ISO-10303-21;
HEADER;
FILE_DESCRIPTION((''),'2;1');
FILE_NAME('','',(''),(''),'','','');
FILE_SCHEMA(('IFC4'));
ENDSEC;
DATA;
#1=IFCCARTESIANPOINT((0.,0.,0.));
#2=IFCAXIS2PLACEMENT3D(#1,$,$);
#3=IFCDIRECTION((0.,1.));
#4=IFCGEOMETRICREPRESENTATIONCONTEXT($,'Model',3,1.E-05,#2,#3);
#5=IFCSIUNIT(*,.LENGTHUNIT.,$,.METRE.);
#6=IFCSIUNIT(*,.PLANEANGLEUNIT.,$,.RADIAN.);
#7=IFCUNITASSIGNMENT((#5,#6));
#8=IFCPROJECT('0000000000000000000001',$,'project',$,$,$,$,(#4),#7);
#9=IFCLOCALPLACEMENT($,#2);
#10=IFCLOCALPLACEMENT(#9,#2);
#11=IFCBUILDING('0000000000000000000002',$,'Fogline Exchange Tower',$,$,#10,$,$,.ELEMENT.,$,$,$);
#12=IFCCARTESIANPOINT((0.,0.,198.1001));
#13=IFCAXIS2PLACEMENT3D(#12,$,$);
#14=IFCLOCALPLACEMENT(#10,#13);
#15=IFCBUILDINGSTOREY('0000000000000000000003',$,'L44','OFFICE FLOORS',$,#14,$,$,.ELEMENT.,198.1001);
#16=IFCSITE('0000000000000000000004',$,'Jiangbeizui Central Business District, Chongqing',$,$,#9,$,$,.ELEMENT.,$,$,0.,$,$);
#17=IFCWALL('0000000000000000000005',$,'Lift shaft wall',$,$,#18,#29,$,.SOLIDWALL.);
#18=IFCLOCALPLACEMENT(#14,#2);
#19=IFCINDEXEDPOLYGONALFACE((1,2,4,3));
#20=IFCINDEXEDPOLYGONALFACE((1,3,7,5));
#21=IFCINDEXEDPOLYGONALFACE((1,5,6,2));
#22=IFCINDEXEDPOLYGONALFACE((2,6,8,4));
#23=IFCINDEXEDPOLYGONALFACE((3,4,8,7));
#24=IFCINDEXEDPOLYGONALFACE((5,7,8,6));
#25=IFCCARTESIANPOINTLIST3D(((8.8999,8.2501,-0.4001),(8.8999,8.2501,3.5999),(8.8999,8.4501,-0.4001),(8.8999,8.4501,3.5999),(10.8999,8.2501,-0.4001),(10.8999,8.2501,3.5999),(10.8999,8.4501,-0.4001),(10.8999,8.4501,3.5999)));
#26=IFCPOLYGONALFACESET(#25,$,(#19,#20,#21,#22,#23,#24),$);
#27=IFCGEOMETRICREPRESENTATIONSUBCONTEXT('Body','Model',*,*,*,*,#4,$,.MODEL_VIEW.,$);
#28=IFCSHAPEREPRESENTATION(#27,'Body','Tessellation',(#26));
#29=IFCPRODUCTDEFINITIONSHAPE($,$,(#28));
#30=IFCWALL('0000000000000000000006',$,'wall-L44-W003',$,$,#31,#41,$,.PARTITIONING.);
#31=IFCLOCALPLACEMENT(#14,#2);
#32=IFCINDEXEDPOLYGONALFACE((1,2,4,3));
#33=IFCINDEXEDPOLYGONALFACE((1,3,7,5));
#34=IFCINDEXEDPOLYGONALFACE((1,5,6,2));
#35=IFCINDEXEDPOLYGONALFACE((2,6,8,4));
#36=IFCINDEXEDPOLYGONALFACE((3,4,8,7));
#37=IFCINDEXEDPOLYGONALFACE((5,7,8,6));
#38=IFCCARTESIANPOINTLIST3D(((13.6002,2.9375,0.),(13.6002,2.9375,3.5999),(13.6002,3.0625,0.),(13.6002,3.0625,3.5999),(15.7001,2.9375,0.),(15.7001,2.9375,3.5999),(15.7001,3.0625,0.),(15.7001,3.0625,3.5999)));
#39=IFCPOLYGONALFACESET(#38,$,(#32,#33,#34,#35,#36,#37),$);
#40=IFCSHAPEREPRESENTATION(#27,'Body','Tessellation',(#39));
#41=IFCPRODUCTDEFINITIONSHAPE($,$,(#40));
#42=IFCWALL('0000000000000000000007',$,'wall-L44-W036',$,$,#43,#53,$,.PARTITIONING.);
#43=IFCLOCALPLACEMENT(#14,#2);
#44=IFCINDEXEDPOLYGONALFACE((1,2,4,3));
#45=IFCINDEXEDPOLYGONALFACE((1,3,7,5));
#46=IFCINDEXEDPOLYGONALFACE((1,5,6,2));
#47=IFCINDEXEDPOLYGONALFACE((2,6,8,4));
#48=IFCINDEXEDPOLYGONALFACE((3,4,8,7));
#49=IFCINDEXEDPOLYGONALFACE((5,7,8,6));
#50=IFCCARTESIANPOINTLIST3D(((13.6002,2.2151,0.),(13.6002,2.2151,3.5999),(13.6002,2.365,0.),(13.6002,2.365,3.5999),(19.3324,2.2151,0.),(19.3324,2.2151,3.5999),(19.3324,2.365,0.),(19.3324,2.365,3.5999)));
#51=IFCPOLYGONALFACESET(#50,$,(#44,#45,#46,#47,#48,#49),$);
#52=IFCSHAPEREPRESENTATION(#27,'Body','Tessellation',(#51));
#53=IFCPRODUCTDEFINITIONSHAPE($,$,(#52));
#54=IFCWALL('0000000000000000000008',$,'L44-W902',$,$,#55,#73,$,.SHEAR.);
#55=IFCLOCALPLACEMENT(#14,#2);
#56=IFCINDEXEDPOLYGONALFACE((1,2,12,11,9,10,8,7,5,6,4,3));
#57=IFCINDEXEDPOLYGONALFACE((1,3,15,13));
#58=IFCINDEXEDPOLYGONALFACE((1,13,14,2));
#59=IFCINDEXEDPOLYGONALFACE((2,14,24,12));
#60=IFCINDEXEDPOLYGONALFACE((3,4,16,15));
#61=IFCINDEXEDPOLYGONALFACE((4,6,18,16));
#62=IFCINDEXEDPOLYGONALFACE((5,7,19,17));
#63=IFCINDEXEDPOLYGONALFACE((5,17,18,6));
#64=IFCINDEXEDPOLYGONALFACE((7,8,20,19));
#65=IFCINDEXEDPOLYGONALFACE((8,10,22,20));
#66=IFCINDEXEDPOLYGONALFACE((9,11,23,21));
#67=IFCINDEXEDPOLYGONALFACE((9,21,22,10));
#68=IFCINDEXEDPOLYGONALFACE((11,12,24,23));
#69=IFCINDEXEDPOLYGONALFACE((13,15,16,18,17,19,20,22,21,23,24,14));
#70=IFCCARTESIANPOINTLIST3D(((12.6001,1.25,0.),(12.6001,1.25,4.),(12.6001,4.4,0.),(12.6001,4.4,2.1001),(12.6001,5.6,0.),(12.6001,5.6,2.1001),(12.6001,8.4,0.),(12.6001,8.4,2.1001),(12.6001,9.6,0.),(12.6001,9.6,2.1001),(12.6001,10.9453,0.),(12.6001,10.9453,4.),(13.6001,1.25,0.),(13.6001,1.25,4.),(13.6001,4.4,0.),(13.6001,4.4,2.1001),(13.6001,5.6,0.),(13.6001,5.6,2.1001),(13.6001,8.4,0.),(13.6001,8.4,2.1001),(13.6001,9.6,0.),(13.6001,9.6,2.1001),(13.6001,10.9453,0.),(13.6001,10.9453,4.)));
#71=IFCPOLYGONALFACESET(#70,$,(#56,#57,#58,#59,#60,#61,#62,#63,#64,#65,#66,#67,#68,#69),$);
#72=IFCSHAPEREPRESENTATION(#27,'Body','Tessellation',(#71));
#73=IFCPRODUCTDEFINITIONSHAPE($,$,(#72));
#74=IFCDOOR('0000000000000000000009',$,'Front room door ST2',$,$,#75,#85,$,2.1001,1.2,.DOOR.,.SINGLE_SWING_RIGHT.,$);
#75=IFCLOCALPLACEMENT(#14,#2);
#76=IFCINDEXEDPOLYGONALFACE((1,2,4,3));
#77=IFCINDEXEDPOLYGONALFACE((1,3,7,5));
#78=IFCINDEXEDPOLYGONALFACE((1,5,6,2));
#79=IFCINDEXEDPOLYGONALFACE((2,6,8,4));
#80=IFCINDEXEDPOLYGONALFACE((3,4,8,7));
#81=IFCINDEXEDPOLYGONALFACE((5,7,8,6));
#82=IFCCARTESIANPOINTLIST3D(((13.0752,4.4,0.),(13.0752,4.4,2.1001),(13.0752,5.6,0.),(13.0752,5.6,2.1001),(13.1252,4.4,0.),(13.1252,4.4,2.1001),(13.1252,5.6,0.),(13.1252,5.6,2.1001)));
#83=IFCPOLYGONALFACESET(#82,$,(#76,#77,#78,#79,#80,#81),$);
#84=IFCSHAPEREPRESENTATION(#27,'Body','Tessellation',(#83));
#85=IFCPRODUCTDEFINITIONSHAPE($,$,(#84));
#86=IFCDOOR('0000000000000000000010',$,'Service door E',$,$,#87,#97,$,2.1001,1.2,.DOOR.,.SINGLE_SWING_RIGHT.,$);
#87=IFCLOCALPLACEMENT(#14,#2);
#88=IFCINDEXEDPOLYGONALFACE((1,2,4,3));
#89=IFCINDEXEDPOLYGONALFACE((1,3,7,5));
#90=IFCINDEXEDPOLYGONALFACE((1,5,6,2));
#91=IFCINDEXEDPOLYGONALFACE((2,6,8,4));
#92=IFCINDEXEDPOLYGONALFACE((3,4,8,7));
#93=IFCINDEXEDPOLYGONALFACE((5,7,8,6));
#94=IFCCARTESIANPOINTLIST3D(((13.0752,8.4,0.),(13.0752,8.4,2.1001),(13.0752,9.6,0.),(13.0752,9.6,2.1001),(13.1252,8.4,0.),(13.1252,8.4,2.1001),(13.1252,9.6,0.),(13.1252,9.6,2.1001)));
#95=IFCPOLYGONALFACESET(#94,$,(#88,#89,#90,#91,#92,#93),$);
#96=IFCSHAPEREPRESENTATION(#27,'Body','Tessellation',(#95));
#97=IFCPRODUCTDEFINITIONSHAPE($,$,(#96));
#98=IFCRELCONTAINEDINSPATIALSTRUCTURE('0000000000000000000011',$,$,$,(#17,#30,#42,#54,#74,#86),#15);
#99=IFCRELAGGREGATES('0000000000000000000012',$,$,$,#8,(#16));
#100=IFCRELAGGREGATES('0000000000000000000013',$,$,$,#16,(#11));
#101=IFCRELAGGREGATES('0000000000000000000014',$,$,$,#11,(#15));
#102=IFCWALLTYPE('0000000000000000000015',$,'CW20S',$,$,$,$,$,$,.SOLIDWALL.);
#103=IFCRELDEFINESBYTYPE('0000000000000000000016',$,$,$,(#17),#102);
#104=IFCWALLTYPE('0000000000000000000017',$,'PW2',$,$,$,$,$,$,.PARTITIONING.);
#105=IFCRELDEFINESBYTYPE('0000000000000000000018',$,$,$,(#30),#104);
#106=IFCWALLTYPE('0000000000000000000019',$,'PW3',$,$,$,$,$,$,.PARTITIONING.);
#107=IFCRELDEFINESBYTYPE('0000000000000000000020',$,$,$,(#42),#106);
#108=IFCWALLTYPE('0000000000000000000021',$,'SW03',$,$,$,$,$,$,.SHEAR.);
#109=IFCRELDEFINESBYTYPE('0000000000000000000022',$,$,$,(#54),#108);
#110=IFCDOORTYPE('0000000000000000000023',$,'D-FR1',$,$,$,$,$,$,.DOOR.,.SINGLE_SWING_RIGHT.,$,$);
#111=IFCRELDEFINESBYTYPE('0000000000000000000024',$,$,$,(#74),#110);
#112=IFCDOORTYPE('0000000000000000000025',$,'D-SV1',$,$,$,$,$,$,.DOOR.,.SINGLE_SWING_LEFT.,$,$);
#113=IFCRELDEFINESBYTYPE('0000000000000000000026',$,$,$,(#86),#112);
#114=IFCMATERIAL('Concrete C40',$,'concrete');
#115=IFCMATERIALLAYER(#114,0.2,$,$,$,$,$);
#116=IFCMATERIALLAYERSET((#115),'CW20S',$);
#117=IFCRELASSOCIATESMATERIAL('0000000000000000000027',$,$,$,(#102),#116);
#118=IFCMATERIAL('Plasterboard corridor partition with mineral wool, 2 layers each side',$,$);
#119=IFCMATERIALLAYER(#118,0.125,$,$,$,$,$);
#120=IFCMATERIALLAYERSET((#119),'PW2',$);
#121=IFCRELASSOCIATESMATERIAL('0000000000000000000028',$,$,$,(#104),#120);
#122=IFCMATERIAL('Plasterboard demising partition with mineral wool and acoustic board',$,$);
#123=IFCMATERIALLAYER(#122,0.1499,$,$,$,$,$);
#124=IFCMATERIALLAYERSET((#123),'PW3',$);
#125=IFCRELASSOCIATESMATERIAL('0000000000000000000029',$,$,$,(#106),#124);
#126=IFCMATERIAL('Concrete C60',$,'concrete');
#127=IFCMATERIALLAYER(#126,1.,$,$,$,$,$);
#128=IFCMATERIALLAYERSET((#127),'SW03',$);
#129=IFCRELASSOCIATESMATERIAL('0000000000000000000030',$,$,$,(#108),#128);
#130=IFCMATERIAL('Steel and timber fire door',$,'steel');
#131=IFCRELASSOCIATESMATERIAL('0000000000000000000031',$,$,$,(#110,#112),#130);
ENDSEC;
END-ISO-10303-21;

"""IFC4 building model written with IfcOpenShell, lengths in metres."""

from ifc_helpers import new_model, si_unit, direction, frame, frame_2d, origin, place, context, subcontext, project, spatial, rectangle, extrude, material, layer, layer_set, type_object, element, fill, save


model = new_model("IFC4")

# Units and contexts
model_context = context("Model", 3, precision=1e-05, world=origin(), true_north=direction((0.0, 1.0)))
body_context = subcontext(model_context, "Body", "Model", "MODEL_VIEW")
ifc_project = project(units=[si_unit("LENGTHUNIT", "METRE"), si_unit("PLANEANGLEUNIT", "RADIAN")], contexts=[model_context])

# Site, building, storey
site_placement = place(None, origin())
site = spatial("IfcSite", under=ifc_project, at=site_placement, Name="Jiangbeizui Central Business District, Chongqing", CompositionType="ELEMENT", RefElevation=0.0)
building_placement = place(site_placement, origin())
building = spatial("IfcBuilding", under=site, at=building_placement, Name="Fogline Exchange Tower", CompositionType="ELEMENT")
storey_placement = place(building_placement, frame((0.0, 0.0, 198.1001)))
storey = spatial("IfcBuildingStorey", under=building, at=storey_placement, Name="L44", Description="OFFICE FLOORS", CompositionType="ELEMENT", Elevation=198.1001)

# Shared definitions
ifc_material_1 = material(Name="Concrete C60", Category="concrete")

# Shared definitions
ifc_material_2 = material(Name="Concrete C40", Category="concrete")

# Shared definitions
ifc_material_3 = material(Name="Steel and timber fire door", Category="steel")

# Walls
ifc_layer_1 = layer(ifc_material_2, 0.2)
ifc_layer_set_1 = layer_set([ifc_layer_1], Name="CW20S")
wall_type_1 = type_object("IfcWallType", Name="CW20S", PredefinedType="SOLIDWALL", material=ifc_layer_set_1)
wall_1_placement = place(storey_placement, frame((8.8999, 8.3501, -0.4001), z_axis=(0.0, 0.0, 1.0), x_axis=(1.0, 0.0, 0.0)))
element("IfcWall", 1, at=wall_1_placement, inside=storey, type_object=wall_type_1, Name="Lift shaft wall", PredefinedType="SOLIDWALL", context=body_context, shape_type="SweptSolid", body=[
    extrude(rectangle(XDim=2.0, YDim=0.2, at=frame_2d((1.0, 0.0))), origin(), (0.0, 0.0, 1.0), 4.0),
])
ifc_material_4 = material(Name="Plasterboard corridor partition with mineral wool, 2 layers each side")
ifc_layer_2 = layer(ifc_material_4, 0.125)
ifc_layer_set_2 = layer_set([ifc_layer_2], Name="PW2")
wall_type_2 = type_object("IfcWallType", Name="PW2", PredefinedType="PARTITIONING", material=ifc_layer_set_2)
wall_2_placement = place(storey_placement, frame((15.7, 3.0, 0.0), z_axis=(0.0, 0.0, 1.0), x_axis=(-1.0, 0.0, 0.0)))
element("IfcWall", 2, at=wall_2_placement, inside=storey, type_object=wall_type_2, Name="wall-L44-W003", PredefinedType="PARTITIONING", context=body_context, shape_type="SweptSolid", body=[
    extrude(rectangle(XDim=2.0999, YDim=0.125, at=frame_2d((1.0498, 0.0))), origin(), (0.0, 0.0, 1.0), 3.5999),
])
ifc_material_5 = material(Name="Plasterboard demising partition with mineral wool and acoustic board")
ifc_layer_3 = layer(ifc_material_5, 0.1499)
ifc_layer_set_3 = layer_set([ifc_layer_3], Name="PW3")
wall_type_3 = type_object("IfcWallType", Name="PW3", PredefinedType="PARTITIONING", material=ifc_layer_set_3)
wall_3_placement = place(storey_placement, frame((13.6001, 2.29, 0.0), z_axis=(0.0, 0.0, 1.0), x_axis=(1.0, 0.0, 0.0)))
element("IfcWall", 3, at=wall_3_placement, inside=storey, type_object=wall_type_3, Name="wall-L44-W036", PredefinedType="PARTITIONING", context=body_context, shape_type="SweptSolid", body=[
    extrude(rectangle(XDim=5.7322, YDim=0.1499, at=frame_2d((2.8662, 0.0))), origin(), (0.0, 0.0, 1.0), 3.5999),
])

# Wall, openings, doors
ifc_layer_4 = layer(ifc_material_1, 1.0)
ifc_layer_set_4 = layer_set([ifc_layer_4], Name="SW03")
wall_type_4 = type_object("IfcWallType", Name="SW03", PredefinedType="SHEAR", material=ifc_layer_set_4)
wall_4_placement = place(storey_placement, frame((13.1001, 1.25, 0.0), z_axis=(0.0, 0.0, 1.0), x_axis=(0.0, 1.0, 0.0)))
wall_4 = element("IfcWall", 4, at=wall_4_placement, inside=storey, type_object=wall_type_4, Name="L44-W902", PredefinedType="SHEAR", context=body_context, shape_type="SweptSolid", body=[
    extrude(rectangle(XDim=9.6953, YDim=1.0, at=frame_2d((4.8477, 0.0))), origin(), (0.0, 0.0, 1.0), 4.0),
])
opening_1_placement = place(wall_4_placement, frame((3.1499, 0.0, 0.0)))
opening_1 = element("IfcOpeningElement", 5, at=opening_1_placement, cuts=wall_4, PredefinedType="OPENING", context=body_context, shape_type="SweptSolid", body=[
    extrude(rectangle(XDim=1.2, YDim=2.1001, at=frame_2d((0.6001, 1.05))), frame((0.0, 0.51, 0.0), z_axis=(0.0, -1.0, 0.0), x_axis=(1.0, 0.0, 0.0)), (0.0, 0.0, 1.0), 1.02),
])
opening_2_placement = place(wall_4_placement, frame((7.1499, 0.0, 0.0)))
opening_2 = element("IfcOpeningElement", 6, at=opening_2_placement, cuts=wall_4, PredefinedType="OPENING", context=body_context, shape_type="SweptSolid", body=[
    extrude(rectangle(XDim=1.2, YDim=2.1001, at=frame_2d((0.6001, 1.05))), frame((0.0, 0.51, 0.0), z_axis=(0.0, -1.0, 0.0), x_axis=(1.0, 0.0, 0.0)), (0.0, 0.0, 1.0), 1.02),
])
door_type_1 = type_object("IfcDoorType", Name="D-FR1", OperationType="SINGLE_SWING_RIGHT", PredefinedType="DOOR", material=ifc_material_3)
door_1_placement = place(opening_1_placement, origin())
door_1 = element("IfcDoor", 7, at=door_1_placement, inside=storey, type_object=door_type_1, Name="Front room door ST2", OperationType="SINGLE_SWING_RIGHT", OverallHeight=2.1001, OverallWidth=1.2, PredefinedType="DOOR", context=body_context, shape_type="SweptSolid", body=[
    extrude(rectangle(XDim=1.2, YDim=2.1001, at=frame_2d((0.6001, 1.05))), frame((0.0, 0.0249, 0.0), z_axis=(0.0, -1.0, 0.0), x_axis=(1.0, 0.0, 0.0)), (0.0, 0.0, 1.0), 0.05),
])
fill(opening_1, door_1)
door_type_2 = type_object("IfcDoorType", Name="D-SV1", OperationType="SINGLE_SWING_LEFT", PredefinedType="DOOR", material=ifc_material_3)
door_2_placement = place(opening_2_placement, origin())
door_2 = element("IfcDoor", 8, at=door_2_placement, inside=storey, type_object=door_type_2, Name="Service door E", OperationType="SINGLE_SWING_RIGHT", OverallHeight=2.1001, OverallWidth=1.2, PredefinedType="DOOR", context=body_context, shape_type="SweptSolid", body=[
    extrude(rectangle(XDim=1.2, YDim=2.1001, at=frame_2d((0.6001, 1.05))), frame((0.0, 0.0249, 0.0), z_axis=(0.0, -1.0, 0.0), x_axis=(1.0, 0.0, 0.0)), (0.0, 0.0, 1.0), 0.05),
])
fill(opening_2, door_2)

save(model, "model.ifc")
